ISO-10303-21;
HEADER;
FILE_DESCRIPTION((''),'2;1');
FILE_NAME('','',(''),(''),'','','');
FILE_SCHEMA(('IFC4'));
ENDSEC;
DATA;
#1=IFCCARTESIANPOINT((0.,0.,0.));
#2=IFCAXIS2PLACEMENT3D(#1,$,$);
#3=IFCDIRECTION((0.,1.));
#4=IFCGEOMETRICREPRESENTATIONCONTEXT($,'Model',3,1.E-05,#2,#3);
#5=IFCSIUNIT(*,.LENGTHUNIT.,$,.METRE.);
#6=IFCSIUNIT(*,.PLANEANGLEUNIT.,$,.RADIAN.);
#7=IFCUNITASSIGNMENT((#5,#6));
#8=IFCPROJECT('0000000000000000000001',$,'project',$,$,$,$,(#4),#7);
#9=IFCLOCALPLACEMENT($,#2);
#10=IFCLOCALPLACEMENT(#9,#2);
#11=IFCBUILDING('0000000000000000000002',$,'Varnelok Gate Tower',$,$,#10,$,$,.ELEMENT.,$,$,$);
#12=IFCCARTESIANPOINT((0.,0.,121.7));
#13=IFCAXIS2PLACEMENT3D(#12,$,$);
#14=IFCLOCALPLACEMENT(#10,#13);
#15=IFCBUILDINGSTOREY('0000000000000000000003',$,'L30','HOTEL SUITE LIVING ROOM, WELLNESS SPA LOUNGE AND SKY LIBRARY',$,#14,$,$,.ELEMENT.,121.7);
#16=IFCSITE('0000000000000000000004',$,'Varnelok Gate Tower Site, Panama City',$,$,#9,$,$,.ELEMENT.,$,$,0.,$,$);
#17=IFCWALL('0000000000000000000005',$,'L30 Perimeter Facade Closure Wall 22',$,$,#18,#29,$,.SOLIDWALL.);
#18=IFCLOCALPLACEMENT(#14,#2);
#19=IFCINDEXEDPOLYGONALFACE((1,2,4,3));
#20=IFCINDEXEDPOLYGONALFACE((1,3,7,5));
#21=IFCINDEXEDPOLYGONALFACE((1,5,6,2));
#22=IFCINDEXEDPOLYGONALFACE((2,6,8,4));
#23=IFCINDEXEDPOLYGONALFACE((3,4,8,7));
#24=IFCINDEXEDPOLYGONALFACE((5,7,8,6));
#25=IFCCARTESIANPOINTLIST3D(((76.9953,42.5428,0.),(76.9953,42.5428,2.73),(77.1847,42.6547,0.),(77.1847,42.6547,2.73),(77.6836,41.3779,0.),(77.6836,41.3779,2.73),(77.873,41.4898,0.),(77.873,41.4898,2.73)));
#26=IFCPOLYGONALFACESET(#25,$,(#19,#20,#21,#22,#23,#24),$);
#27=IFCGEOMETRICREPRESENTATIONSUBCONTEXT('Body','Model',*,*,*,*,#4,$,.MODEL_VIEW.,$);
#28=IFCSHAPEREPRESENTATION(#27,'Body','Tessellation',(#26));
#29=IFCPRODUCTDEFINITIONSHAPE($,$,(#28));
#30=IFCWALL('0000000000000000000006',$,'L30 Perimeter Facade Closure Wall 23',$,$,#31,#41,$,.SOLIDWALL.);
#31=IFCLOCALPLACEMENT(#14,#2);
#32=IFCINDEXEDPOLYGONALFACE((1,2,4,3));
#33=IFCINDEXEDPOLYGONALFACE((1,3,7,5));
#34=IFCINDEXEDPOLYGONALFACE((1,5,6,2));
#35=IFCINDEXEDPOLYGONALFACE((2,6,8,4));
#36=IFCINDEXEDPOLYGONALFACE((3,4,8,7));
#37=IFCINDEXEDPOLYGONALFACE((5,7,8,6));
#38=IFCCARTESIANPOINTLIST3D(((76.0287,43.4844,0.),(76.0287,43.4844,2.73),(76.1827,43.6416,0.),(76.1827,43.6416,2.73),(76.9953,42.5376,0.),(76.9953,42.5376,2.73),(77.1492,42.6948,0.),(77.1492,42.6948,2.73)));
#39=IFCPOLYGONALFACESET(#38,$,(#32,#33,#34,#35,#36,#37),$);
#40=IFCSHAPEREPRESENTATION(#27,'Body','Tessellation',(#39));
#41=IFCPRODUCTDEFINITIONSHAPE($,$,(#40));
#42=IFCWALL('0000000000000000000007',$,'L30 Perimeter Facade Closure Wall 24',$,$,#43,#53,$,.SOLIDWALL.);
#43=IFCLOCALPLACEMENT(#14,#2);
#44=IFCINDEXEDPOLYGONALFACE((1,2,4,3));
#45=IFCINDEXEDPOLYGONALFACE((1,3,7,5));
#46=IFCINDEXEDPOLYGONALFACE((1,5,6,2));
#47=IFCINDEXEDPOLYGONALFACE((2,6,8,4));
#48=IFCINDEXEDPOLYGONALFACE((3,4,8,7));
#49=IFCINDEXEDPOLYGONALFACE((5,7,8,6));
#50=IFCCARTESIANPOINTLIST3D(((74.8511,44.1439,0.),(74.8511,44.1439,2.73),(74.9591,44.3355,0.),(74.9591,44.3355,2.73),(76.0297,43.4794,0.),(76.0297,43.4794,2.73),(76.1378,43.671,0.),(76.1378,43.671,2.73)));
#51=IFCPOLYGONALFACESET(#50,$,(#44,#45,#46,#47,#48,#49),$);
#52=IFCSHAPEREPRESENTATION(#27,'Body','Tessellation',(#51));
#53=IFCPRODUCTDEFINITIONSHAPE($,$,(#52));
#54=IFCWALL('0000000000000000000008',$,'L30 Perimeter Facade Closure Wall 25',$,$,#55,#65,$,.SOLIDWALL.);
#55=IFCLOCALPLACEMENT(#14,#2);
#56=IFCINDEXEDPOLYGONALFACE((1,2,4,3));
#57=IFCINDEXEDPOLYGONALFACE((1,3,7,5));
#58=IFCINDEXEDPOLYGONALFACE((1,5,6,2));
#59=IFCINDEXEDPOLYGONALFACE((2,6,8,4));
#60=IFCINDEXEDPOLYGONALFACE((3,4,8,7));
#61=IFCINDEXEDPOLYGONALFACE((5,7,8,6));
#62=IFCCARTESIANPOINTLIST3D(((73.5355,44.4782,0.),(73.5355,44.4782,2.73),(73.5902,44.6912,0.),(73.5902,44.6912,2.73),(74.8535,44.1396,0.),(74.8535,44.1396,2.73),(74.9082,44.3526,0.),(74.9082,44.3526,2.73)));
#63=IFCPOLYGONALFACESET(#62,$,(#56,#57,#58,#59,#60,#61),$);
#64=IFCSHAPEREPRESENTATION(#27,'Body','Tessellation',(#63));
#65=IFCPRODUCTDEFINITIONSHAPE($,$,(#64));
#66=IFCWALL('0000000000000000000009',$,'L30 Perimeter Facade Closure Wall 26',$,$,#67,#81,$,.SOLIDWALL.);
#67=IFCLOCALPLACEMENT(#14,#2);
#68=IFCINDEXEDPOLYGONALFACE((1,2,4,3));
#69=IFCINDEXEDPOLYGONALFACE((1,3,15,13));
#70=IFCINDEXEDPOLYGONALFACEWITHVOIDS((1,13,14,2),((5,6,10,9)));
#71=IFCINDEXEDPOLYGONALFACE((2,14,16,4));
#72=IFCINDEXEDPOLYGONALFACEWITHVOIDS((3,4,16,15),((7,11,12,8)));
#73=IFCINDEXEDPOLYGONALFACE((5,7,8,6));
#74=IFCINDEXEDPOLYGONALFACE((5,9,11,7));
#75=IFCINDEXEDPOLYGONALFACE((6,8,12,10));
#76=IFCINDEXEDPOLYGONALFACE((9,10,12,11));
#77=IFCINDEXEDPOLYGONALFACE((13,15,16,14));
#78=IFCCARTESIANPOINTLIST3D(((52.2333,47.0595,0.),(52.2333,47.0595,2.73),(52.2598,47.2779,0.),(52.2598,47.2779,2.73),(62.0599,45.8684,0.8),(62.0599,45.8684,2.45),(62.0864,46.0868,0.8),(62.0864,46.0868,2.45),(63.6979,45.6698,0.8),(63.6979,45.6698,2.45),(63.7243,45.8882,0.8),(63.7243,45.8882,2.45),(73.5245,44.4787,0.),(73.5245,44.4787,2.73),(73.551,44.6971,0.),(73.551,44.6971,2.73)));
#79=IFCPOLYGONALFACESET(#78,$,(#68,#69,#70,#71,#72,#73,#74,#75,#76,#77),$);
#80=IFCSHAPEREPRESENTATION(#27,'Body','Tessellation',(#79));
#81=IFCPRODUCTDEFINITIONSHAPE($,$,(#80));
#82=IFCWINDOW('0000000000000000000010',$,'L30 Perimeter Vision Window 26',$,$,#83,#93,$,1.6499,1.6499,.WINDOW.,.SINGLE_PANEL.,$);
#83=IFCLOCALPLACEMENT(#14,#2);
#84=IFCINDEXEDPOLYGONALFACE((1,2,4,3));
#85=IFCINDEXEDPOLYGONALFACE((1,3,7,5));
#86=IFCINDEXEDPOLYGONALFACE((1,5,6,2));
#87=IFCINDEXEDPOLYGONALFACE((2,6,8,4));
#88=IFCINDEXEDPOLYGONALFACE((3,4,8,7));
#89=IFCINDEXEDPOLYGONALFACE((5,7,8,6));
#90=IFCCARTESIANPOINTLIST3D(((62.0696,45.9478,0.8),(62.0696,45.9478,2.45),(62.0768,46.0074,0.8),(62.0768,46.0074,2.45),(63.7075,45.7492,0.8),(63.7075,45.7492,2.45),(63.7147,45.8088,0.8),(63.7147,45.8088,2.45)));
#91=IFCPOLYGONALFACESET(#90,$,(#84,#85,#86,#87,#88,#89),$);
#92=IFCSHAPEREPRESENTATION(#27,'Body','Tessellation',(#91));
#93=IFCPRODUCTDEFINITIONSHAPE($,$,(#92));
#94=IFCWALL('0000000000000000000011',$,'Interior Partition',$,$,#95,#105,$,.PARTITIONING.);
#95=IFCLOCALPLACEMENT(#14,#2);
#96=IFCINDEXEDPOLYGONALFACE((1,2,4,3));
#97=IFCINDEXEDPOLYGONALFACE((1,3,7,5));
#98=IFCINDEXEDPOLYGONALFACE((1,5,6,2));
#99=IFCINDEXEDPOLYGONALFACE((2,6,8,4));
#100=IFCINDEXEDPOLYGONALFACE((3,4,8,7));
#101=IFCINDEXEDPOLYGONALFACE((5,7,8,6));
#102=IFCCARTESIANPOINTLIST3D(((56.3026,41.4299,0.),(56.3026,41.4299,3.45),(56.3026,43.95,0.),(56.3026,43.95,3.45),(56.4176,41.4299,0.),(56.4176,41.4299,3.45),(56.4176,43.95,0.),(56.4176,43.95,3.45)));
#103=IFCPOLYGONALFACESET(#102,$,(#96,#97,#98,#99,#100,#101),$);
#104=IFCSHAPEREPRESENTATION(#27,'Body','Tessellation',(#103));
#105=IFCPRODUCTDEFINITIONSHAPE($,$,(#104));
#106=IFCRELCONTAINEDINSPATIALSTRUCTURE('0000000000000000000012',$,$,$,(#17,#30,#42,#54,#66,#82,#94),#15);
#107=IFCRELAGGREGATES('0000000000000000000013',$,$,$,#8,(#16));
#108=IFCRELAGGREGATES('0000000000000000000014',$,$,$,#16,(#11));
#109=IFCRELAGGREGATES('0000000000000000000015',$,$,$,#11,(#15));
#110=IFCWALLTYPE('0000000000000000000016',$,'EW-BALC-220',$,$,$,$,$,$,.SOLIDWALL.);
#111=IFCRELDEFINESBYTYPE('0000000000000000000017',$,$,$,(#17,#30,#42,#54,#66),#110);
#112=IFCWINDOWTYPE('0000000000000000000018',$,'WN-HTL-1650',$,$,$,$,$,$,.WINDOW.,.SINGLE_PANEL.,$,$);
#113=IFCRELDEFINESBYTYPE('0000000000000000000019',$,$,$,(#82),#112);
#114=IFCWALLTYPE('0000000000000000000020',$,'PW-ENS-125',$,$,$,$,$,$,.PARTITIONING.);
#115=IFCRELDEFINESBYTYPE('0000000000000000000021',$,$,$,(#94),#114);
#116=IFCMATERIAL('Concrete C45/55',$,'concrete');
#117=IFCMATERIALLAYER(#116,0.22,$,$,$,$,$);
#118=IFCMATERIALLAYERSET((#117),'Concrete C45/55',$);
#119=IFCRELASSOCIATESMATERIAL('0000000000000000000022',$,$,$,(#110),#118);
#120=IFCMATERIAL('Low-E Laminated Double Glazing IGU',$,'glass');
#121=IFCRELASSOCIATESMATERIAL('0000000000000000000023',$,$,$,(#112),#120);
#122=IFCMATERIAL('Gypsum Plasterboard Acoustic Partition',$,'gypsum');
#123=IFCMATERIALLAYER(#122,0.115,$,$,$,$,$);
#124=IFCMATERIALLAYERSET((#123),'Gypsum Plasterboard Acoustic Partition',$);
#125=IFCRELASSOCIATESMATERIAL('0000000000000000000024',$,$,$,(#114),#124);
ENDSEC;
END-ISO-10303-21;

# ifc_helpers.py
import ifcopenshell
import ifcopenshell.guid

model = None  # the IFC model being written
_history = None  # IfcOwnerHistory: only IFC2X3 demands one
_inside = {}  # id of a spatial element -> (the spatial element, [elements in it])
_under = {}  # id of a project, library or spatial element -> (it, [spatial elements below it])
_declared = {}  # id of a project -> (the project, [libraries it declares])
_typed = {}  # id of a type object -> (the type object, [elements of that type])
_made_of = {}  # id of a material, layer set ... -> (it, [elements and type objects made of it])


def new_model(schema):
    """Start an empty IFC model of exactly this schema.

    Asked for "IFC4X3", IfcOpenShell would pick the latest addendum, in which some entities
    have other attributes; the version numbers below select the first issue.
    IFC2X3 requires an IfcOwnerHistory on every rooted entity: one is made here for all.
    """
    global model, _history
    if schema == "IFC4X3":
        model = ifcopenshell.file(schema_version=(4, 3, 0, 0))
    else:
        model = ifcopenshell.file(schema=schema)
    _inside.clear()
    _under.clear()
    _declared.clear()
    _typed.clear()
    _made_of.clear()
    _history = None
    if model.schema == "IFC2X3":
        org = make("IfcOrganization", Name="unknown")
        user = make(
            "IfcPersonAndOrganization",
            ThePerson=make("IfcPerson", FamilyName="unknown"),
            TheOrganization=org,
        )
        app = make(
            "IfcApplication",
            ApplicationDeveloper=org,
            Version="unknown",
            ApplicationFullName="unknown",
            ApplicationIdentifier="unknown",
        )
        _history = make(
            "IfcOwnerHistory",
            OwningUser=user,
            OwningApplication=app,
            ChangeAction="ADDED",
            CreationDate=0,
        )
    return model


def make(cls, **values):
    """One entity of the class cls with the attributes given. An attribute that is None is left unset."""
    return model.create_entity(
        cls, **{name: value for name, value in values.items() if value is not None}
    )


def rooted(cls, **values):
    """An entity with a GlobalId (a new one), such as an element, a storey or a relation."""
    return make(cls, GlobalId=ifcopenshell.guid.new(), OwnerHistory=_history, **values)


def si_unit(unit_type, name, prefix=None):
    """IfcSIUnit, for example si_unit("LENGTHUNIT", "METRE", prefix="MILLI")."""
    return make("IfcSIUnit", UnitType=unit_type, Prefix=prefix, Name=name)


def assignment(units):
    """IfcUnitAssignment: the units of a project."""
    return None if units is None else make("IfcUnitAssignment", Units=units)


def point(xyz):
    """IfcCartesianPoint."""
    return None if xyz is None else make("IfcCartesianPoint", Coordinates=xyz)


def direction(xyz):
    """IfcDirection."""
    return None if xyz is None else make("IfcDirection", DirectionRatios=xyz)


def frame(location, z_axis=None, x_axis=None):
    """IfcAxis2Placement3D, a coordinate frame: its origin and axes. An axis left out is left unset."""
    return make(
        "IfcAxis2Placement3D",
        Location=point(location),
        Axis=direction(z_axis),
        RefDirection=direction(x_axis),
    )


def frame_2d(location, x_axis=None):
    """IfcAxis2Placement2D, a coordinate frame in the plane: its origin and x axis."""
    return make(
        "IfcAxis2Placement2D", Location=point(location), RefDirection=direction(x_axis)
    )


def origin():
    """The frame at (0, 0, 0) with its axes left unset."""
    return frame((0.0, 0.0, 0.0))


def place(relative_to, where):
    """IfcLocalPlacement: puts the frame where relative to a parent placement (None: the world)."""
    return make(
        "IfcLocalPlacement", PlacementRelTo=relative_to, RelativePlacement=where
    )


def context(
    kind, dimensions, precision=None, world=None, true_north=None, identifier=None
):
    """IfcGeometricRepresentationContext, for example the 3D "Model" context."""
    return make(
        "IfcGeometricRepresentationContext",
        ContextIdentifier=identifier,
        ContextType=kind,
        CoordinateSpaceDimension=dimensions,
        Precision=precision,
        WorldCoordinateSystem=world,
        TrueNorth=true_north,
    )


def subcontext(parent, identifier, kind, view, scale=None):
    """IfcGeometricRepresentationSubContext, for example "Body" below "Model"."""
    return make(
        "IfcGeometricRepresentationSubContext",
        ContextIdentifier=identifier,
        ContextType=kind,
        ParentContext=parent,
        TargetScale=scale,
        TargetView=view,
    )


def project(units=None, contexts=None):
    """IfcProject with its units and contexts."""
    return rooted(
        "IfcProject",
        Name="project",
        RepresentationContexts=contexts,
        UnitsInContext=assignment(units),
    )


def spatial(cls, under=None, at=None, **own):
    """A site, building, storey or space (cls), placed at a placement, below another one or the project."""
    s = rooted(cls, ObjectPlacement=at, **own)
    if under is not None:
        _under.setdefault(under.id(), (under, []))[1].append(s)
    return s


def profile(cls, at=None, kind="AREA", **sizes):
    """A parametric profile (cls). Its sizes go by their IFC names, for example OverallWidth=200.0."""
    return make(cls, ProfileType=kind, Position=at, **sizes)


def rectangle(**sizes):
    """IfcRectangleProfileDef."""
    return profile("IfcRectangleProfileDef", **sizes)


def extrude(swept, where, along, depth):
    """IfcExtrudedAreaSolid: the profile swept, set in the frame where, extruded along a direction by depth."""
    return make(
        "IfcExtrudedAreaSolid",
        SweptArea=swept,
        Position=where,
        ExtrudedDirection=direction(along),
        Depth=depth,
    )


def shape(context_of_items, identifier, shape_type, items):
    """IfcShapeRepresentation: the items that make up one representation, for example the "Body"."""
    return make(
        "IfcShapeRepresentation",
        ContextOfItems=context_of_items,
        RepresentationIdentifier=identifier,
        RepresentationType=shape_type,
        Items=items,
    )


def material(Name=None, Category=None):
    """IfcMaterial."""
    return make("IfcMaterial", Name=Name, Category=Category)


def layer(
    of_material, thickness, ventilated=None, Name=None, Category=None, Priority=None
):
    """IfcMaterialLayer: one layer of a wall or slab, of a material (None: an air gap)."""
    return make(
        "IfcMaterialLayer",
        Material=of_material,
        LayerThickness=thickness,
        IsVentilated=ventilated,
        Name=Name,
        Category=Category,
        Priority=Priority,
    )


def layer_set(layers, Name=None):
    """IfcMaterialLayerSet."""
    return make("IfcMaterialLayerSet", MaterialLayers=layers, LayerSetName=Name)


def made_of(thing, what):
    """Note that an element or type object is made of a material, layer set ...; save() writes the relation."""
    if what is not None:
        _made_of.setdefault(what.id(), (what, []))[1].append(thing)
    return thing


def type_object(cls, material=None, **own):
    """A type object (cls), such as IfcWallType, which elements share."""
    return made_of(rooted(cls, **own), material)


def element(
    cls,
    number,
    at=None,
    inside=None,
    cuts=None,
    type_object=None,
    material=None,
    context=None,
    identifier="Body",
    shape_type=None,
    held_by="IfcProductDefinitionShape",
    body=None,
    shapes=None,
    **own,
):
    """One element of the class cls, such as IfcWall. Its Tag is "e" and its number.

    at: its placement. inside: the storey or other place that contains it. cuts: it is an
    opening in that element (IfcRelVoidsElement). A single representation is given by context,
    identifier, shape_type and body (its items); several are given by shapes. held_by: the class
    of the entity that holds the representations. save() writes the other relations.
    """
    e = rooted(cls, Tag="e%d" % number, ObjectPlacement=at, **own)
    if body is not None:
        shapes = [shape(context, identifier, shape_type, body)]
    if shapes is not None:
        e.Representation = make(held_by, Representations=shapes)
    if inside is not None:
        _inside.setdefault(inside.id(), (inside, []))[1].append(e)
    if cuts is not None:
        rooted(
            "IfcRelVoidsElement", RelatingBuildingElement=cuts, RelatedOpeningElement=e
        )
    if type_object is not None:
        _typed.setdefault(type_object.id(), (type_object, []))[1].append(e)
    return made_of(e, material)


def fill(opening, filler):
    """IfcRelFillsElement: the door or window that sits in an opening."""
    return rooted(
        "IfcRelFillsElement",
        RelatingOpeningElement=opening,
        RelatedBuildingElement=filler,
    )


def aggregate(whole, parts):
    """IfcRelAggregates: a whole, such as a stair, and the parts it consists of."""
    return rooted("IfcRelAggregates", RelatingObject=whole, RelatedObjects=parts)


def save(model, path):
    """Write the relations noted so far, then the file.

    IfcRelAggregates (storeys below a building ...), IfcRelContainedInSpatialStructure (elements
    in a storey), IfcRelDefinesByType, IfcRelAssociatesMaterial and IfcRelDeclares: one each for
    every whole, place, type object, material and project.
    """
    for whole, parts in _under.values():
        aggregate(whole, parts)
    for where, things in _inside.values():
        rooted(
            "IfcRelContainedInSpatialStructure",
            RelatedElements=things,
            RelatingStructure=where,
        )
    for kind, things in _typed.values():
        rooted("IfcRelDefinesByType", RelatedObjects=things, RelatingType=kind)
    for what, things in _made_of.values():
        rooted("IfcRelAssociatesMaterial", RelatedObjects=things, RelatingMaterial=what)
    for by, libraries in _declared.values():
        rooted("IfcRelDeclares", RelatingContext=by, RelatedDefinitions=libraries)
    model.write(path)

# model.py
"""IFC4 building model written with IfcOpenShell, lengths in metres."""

from ifc_helpers import new_model, si_unit, direction, frame, frame_2d, origin, place, context, subcontext, project, spatial, rectangle, extrude, material, layer, layer_set, type_object, element, fill, save


model = new_model("IFC4")

# Units and contexts
model_context = context("Model", 3, precision=1e-05, world=origin(), true_north=direction((0.0, 1.0)))
body_context = subcontext(model_context, "Body", "Model", "MODEL_VIEW")
ifc_project = project(units=[si_unit("LENGTHUNIT", "METRE"), si_unit("PLANEANGLEUNIT", "RADIAN")], contexts=[model_context])

# Site, building, storey
site_placement = place(None, origin())
site = spatial("IfcSite", under=ifc_project, at=site_placement, Name="Varnelok Gate Tower Site, Panama City", CompositionType="ELEMENT", RefElevation=0.0)
building_placement = place(site_placement, origin())
building = spatial("IfcBuilding", under=site, at=building_placement, Name="Varnelok Gate Tower", CompositionType="ELEMENT")
storey_placement = place(building_placement, frame((0.0, 0.0, 121.7)))
storey = spatial("IfcBuildingStorey", under=building, at=storey_placement, Name="L30", Description="HOTEL SUITE LIVING ROOM, WELLNESS SPA LOUNGE AND SKY LIBRARY", CompositionType="ELEMENT", Elevation=121.7)

# Shared definitions
ifc_material_1 = material(Name="Low-E Laminated Double Glazing IGU", Category="glass")

# Walls
ifc_material_2 = material(Name="Concrete C45/55", Category="concrete")
ifc_layer_1 = layer(ifc_material_2, 0.22)
ifc_layer_set_1 = layer_set([ifc_layer_1], Name="Concrete C45/55")
wall_type_1 = type_object("IfcWallType", Name="EW-BALC-220", PredefinedType="SOLIDWALL", material=ifc_layer_set_1)
for number, where, z_axis, x_axis, name in (
    (1, (77.7783, 41.4338, 0.0), (0.0, 0.0, 1.0), (-0.508699, 0.860944, 0.0), "L30 Perimeter Facade Closure Wall 22"),
    (2, (77.0723, 42.6162, 0.0), (0.0, 0.0, 1.0), (-0.714377, 0.699761, 0.0), "L30 Perimeter Facade Closure Wall 23"),
    (3, (76.0837, 43.5752, 0.0), (0.0, 0.0, 1.0), (-0.871093, 0.491118, 0.0), "L30 Perimeter Facade Closure Wall 24"),
):
    element("IfcWall", number, at=place(storey_placement, frame(where, z_axis=z_axis, x_axis=x_axis)), inside=storey, type_object=wall_type_1, Name=name, PredefinedType="SOLIDWALL", context=body_context, shape_type="SweptSolid", body=[
        extrude(rectangle(XDim=1.353, YDim=0.22, at=frame_2d((0.6765, 0.0))), origin(), (0.0, 0.0, 1.0), 2.73),
    ])
wall_1_placement = place(storey_placement, frame((74.8809, 44.2461, 0.0), z_axis=(0.0, 0.0, 1.0), x_axis=(-0.96855, 0.24882, 0.0)))
element("IfcWall", 4, at=wall_1_placement, inside=storey, type_object=wall_type_1, Name="L30 Perimeter Facade Closure Wall 25", PredefinedType="SOLIDWALL", context=body_context, shape_type="SweptSolid", body=[
    extrude(rectangle(XDim=1.3608, YDim=0.22, at=frame_2d((0.6804, 0.0))), origin(), (0.0, 0.0, 1.0), 2.73),
])

# Wall, opening, window
wall_2_placement = place(storey_placement, frame((73.5378, 44.5879, 0.0), z_axis=(0.0, 0.0, 1.0), x_axis=(-0.992733, 0.120334, 0.0)))
wall_2 = element("IfcWall", 5, at=wall_2_placement, inside=storey, type_object=wall_type_1, Name="L30 Perimeter Facade Closure Wall 26", PredefinedType="SOLIDWALL", context=body_context, shape_type="SweptSolid", body=[
    extrude(rectangle(XDim=21.447, YDim=0.22, at=frame_2d((10.7236, 0.0))), origin(), (0.0, 0.0, 1.0), 2.73),
])
opening_placement = place(wall_2_placement, frame((9.8987, 0.0, 0.8)))
opening = element("IfcOpeningElement", 6, at=opening_placement, cuts=wall_2, PredefinedType="OPENING", context=body_context, shape_type="SweptSolid", body=[
    extrude(rectangle(XDim=1.6499, YDim=1.6499, at=frame_2d((0.825, 0.825))), frame((0.0, 0.1199, 0.0), z_axis=(0.0, -1.0, 0.0), x_axis=(1.0, 0.0, 0.0)), (0.0, 0.0, 1.0), 0.24),
])
window_type = type_object("IfcWindowType", Name="WN-HTL-1650", PartitioningType="SINGLE_PANEL", PredefinedType="WINDOW", material=ifc_material_1)
window_placement = place(opening_placement, origin())
window = element("IfcWindow", 7, at=window_placement, inside=storey, type_object=window_type, Name="L30 Perimeter Vision Window 26", OverallHeight=1.6499, OverallWidth=1.6499, PartitioningType="SINGLE_PANEL", PredefinedType="WINDOW", context=body_context, shape_type="SweptSolid", body=[
    extrude(rectangle(XDim=1.6499, YDim=1.6499, at=frame_2d((0.825, 0.825))), frame((0.0, 0.03, 0.0), z_axis=(0.0, -1.0, 0.0), x_axis=(1.0, 0.0, 0.0)), (0.0, 0.0, 1.0), 0.0601),
])
fill(opening, window)

# Wall
ifc_material_3 = material(Name="Gypsum Plasterboard Acoustic Partition", Category="gypsum")
ifc_layer_2 = layer(ifc_material_3, 0.115)
ifc_layer_set_2 = layer_set([ifc_layer_2], Name="Gypsum Plasterboard Acoustic Partition")
wall_type_2 = type_object("IfcWallType", Name="PW-ENS-125", PredefinedType="PARTITIONING", material=ifc_layer_set_2)
wall_3_placement = place(storey_placement, frame((56.3601, 41.4299, 0.0), z_axis=(0.0, 0.0, 1.0), x_axis=(0.0, 1.0, 0.0)))
element("IfcWall", 8, at=wall_3_placement, inside=storey, type_object=wall_type_2, Name="Interior Partition", PredefinedType="PARTITIONING", context=body_context, shape_type="SweptSolid", body=[
    extrude(rectangle(XDim=2.52, YDim=0.115, at=frame_2d((1.26, 0.0))), origin(), (0.0, 0.0, 1.0), 3.45),
])

save(model, "model.ifc")
